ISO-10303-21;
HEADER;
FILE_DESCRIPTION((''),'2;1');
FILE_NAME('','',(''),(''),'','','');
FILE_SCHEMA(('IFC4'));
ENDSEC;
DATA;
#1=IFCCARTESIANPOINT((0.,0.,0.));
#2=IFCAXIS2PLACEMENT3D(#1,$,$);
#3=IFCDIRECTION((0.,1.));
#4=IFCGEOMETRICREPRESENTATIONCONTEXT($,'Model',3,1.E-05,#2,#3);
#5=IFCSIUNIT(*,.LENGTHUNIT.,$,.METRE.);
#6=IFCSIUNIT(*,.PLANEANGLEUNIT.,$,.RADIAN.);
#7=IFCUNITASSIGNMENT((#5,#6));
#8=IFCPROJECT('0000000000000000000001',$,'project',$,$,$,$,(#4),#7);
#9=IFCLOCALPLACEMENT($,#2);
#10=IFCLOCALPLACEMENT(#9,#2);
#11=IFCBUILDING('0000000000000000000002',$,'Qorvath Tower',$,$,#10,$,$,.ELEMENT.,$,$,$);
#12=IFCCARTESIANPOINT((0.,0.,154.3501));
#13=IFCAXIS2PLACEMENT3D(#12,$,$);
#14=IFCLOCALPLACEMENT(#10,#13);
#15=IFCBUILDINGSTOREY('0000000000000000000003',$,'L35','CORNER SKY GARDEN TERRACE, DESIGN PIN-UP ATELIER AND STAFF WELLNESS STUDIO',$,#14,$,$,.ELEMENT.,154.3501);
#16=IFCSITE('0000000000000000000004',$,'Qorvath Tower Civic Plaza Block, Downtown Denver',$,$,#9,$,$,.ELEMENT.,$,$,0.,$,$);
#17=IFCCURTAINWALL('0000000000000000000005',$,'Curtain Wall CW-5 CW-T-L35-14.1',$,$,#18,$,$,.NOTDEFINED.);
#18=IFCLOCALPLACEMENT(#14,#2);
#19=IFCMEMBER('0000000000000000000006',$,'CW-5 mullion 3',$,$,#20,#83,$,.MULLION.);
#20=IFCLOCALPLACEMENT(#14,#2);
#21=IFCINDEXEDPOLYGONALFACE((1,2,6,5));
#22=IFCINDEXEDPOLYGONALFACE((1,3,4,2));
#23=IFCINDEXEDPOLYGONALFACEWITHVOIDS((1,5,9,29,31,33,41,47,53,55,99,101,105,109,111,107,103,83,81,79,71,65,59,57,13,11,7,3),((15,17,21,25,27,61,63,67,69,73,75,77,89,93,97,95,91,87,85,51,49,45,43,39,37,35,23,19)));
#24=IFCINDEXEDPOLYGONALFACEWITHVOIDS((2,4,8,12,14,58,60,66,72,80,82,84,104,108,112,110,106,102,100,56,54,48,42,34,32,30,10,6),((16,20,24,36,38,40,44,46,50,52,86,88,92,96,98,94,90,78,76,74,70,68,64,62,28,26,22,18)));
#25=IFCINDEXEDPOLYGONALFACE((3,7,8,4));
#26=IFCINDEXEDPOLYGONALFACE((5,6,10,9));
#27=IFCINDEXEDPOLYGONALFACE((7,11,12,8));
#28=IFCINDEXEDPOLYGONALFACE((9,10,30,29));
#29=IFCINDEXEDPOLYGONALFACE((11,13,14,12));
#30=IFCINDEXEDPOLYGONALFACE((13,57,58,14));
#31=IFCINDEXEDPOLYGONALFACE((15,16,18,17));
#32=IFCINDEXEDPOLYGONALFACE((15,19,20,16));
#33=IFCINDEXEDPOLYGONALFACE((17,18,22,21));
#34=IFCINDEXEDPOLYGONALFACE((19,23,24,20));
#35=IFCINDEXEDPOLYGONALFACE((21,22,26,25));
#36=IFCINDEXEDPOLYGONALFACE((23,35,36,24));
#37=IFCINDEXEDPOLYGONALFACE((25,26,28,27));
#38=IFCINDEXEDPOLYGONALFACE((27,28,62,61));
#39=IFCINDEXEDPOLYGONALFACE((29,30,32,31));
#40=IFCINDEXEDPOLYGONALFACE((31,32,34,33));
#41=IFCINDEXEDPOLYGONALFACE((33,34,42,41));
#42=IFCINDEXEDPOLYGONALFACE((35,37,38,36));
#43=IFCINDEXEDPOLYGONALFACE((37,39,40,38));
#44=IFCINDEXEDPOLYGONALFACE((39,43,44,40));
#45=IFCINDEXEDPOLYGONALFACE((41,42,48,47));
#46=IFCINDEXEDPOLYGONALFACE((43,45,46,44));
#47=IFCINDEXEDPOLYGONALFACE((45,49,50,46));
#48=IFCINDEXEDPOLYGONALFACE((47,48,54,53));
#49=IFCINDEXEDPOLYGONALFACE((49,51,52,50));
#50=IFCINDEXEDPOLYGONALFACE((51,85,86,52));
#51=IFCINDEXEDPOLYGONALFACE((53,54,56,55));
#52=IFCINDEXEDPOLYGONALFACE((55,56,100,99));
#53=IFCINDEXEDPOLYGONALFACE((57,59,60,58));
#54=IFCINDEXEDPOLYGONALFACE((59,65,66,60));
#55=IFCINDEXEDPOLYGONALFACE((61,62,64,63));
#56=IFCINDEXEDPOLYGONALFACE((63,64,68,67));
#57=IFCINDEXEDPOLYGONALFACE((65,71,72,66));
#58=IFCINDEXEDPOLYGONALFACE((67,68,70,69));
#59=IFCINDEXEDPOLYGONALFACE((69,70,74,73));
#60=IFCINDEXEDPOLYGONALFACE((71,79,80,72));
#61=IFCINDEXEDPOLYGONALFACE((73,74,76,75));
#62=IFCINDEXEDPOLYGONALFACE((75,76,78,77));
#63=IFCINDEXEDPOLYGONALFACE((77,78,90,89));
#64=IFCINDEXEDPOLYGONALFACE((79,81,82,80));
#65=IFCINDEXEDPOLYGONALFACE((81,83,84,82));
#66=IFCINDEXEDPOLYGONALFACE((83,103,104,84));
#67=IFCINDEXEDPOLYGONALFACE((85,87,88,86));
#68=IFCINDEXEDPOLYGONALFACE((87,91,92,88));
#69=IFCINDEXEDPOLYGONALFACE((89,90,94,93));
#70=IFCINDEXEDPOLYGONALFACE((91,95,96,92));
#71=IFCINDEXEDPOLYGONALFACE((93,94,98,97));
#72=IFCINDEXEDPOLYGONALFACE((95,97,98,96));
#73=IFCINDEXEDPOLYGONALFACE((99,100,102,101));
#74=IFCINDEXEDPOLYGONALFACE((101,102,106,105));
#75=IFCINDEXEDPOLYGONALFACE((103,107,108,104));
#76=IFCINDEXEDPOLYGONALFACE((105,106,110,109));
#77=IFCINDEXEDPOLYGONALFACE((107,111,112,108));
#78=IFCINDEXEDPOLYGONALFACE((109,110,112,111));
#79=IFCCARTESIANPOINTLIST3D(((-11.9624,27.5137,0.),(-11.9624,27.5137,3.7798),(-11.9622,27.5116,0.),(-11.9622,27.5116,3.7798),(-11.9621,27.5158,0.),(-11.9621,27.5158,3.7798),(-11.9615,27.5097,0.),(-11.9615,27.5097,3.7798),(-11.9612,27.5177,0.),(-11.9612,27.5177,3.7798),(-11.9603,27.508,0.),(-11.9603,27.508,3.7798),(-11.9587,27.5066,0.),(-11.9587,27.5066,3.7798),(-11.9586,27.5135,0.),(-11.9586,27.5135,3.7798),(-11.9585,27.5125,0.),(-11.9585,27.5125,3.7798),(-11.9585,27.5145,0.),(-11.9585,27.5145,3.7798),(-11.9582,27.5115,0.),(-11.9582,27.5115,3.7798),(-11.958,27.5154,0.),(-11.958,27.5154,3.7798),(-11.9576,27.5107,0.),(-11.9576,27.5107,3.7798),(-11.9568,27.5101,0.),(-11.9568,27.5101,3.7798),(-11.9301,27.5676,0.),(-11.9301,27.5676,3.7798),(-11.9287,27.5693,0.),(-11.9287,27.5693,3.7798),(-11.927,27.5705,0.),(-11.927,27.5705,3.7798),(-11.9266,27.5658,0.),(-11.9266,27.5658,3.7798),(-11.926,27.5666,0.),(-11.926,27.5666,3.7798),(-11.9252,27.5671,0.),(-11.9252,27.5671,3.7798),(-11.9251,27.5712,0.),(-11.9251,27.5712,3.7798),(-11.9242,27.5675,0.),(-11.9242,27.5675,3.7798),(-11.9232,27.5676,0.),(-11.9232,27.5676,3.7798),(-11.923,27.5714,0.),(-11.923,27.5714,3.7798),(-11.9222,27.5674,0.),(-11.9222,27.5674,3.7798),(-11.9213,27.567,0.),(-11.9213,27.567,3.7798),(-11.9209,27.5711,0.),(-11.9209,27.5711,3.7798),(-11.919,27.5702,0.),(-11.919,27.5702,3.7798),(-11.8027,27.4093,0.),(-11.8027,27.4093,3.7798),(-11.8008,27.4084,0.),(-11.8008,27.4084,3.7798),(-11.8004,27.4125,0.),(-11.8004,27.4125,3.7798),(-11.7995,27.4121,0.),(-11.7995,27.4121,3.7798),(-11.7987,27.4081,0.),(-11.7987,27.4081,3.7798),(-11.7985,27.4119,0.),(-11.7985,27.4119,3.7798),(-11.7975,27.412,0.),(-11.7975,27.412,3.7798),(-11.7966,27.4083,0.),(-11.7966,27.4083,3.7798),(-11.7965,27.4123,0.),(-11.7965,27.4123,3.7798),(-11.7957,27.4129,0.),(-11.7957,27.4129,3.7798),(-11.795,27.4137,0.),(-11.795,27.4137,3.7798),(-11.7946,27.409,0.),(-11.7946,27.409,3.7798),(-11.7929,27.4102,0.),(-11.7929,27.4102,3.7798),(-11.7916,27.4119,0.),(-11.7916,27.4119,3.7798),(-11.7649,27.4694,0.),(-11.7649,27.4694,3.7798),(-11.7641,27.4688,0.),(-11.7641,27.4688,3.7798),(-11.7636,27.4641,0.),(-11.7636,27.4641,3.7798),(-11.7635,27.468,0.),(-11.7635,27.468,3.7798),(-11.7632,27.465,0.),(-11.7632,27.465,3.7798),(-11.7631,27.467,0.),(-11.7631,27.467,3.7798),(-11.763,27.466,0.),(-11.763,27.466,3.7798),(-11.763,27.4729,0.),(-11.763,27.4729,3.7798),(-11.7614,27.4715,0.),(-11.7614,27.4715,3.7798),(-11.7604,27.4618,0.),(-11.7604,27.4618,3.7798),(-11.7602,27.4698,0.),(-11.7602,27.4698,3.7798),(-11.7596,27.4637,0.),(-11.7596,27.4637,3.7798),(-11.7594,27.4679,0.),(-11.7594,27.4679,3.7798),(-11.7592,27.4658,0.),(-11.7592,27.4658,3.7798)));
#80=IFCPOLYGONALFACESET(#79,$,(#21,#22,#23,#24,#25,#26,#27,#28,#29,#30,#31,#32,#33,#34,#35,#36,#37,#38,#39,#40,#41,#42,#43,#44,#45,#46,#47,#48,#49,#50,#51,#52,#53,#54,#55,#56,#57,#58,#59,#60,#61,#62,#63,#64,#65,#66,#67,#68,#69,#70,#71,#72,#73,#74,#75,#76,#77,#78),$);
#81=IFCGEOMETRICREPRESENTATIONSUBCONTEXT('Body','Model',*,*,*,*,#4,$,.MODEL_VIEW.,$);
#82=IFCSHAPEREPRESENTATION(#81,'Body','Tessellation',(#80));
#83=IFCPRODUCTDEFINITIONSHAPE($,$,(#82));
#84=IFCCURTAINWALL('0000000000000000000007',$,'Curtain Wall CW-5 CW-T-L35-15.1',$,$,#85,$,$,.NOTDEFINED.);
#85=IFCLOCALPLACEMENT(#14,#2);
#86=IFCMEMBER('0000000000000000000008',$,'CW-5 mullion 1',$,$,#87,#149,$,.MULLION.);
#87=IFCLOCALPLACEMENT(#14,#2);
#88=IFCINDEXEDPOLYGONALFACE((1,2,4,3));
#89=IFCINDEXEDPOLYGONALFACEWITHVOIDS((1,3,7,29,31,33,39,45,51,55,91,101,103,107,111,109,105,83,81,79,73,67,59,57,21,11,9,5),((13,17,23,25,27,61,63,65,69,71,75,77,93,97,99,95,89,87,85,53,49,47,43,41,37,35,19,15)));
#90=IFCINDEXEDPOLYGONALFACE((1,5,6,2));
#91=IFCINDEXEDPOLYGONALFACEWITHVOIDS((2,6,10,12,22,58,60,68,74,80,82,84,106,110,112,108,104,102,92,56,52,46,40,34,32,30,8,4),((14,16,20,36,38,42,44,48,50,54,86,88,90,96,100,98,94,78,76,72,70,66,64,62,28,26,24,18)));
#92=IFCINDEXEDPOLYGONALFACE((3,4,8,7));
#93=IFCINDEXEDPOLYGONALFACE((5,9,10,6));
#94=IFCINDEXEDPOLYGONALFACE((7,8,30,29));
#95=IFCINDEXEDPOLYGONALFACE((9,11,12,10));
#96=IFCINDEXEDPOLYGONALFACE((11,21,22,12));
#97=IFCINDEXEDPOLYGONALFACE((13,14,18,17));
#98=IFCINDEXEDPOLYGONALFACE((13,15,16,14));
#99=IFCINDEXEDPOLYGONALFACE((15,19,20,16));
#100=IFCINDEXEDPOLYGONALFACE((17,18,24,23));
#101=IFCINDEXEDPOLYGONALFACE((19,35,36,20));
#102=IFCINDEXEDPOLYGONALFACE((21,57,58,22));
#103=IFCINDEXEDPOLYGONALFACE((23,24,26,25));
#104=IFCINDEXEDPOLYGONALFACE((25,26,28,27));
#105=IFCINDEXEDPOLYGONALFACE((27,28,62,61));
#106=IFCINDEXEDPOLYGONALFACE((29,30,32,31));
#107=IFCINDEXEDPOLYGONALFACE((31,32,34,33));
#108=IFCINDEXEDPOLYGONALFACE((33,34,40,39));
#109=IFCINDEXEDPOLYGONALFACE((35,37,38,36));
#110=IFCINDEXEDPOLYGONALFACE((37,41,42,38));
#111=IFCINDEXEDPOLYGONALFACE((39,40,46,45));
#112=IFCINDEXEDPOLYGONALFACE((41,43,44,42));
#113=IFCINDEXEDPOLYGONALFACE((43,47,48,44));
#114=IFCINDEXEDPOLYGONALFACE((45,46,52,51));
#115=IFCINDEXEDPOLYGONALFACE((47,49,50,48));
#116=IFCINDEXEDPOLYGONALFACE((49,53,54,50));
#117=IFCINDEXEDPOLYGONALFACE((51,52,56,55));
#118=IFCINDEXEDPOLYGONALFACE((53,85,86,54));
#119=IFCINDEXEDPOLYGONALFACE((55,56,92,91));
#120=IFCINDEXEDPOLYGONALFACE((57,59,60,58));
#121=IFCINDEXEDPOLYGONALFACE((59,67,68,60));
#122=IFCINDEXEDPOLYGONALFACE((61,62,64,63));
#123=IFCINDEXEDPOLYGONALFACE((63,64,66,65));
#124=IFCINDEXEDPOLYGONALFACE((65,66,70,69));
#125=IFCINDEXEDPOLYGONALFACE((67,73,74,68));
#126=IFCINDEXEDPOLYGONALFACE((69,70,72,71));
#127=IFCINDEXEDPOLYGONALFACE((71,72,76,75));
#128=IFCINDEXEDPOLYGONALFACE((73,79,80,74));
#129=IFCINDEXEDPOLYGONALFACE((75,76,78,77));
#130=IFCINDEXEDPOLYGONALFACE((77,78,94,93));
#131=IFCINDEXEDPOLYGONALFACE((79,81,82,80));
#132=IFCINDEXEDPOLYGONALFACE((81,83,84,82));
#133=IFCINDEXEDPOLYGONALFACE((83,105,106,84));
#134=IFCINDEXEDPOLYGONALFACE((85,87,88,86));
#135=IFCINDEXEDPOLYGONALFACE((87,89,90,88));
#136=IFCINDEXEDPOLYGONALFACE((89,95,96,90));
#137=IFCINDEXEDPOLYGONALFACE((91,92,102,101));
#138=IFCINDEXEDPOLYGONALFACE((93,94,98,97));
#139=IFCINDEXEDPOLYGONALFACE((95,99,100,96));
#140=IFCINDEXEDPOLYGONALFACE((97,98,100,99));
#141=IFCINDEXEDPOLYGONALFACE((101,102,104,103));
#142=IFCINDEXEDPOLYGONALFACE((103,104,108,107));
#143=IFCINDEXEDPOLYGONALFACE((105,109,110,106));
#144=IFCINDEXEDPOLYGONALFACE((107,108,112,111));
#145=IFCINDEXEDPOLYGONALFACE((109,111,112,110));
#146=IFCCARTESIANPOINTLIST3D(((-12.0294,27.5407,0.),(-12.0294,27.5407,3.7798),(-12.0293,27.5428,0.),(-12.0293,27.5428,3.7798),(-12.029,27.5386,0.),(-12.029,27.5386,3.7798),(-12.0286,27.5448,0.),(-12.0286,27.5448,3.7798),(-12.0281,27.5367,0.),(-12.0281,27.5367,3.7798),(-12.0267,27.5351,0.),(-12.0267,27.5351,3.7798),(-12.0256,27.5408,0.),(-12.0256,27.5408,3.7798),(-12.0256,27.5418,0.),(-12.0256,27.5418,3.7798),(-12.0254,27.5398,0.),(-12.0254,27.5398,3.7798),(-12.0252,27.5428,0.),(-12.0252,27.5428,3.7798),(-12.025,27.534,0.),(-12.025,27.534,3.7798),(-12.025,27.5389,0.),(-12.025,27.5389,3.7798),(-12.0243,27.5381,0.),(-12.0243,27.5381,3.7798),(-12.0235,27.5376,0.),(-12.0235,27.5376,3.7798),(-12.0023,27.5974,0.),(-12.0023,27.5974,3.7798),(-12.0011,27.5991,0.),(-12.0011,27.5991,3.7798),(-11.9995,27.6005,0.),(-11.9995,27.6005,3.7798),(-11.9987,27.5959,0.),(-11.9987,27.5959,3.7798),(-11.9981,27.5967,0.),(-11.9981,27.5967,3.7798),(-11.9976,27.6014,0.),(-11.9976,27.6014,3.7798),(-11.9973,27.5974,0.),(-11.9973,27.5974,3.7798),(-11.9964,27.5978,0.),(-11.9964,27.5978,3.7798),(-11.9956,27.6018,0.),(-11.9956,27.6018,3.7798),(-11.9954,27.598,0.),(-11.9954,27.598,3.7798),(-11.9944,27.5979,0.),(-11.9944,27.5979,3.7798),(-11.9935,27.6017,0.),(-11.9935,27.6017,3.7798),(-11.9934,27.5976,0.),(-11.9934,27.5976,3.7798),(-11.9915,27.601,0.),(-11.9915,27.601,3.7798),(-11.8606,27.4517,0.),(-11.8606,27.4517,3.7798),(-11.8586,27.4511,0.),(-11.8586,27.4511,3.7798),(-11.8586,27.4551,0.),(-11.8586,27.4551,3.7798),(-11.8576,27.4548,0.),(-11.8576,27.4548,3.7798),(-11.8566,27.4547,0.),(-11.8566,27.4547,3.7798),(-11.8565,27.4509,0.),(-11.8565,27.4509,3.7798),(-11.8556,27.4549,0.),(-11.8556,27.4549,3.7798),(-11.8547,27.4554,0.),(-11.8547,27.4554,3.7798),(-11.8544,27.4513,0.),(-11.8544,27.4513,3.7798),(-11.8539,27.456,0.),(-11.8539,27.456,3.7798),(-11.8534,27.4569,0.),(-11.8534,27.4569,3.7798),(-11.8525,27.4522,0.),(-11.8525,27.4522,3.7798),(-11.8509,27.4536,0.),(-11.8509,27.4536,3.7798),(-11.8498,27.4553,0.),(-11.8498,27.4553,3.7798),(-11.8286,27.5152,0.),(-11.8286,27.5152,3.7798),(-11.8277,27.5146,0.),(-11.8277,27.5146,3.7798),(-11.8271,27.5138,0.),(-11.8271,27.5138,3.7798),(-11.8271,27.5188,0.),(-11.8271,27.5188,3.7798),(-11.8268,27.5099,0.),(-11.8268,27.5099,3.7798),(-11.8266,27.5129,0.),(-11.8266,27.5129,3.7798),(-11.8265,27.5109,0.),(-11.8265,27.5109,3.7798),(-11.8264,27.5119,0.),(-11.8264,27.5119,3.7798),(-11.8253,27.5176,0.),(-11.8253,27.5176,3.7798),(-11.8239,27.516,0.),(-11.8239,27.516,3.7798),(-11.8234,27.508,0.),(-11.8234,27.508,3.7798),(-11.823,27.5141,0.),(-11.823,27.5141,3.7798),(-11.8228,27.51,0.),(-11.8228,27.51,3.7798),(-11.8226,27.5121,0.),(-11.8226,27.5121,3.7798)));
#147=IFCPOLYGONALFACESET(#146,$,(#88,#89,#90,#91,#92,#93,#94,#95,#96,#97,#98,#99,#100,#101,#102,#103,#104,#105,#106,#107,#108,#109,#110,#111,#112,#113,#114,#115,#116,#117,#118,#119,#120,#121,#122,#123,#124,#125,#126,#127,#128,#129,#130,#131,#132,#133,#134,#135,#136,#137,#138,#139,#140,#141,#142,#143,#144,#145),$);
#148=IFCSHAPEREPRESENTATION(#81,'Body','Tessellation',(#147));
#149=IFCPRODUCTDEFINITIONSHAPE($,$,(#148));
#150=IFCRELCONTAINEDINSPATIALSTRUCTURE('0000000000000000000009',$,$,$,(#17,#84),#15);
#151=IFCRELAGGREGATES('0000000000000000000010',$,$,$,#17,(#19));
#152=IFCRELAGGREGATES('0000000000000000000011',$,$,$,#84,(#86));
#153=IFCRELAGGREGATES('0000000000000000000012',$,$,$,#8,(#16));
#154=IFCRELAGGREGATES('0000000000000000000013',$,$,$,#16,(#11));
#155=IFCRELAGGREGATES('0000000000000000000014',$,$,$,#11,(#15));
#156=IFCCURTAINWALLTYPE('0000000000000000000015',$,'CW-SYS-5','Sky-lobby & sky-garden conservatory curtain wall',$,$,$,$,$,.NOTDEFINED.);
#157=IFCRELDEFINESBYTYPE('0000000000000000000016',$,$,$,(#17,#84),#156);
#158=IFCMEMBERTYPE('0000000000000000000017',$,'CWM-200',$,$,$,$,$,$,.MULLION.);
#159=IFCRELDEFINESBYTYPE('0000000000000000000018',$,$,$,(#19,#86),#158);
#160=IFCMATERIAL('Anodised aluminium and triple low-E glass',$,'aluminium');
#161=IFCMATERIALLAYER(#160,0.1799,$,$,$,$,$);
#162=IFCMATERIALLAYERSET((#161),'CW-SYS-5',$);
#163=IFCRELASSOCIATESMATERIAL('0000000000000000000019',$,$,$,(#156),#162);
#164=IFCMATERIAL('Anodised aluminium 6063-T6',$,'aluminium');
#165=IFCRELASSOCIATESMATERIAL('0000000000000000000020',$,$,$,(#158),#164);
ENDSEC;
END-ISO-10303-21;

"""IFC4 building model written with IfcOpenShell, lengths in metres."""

from ifc_helpers import new_model, si_unit, direction, frame, origin, origin_2d, place, context, subcontext, project, spatial, hollow_rectangle, extrude, material, layer, layer_set, material_profile, profile_set, type_object, element, aggregate, save


model = new_model("IFC4")

# Units and contexts
model_context = context("Model", 3, precision=1e-05, world=origin(), true_north=direction((0.0, 1.0)))
body_context = subcontext(model_context, "Body", "Model", "MODEL_VIEW")
ifc_project = project(units=[si_unit("LENGTHUNIT", "METRE"), si_unit("PLANEANGLEUNIT", "RADIAN")], contexts=[model_context])

# Site, building, storey
site_placement = place(None, origin())
site = spatial("IfcSite", under=ifc_project, at=site_placement, Name="Qorvath Tower Civic Plaza Block, Downtown Denver", CompositionType="ELEMENT", RefElevation=0.0)
building_placement = place(site_placement, origin())
building = spatial("IfcBuilding", under=site, at=building_placement, Name="Qorvath Tower", CompositionType="ELEMENT")
storey_placement = place(building_placement, frame((0.0, 0.0, 154.3501)))
storey = spatial("IfcBuildingStorey", under=building, at=storey_placement, Name="L35", Description="CORNER SKY GARDEN TERRACE, DESIGN PIN-UP ATELIER AND STAFF WELLNESS STUDIO", CompositionType="ELEMENT", Elevation=154.3501)

# Shared definitions
ifc_material_1 = material(Name="Anodised aluminium and triple low-E glass", Category="aluminium")
ifc_layer_1 = layer(ifc_material_1, 0.1799)
ifc_layer_set_1 = layer_set([ifc_layer_1], Name="CW-SYS-5")
curtain_wall_type = type_object("IfcCurtainWallType", Name="CW-SYS-5", Description="Sky-lobby & sky-garden conservatory curtain wall", PredefinedType="NOTDEFINED", material=ifc_layer_set_1)
ifc_material_2 = material(Name="Anodised aluminium 6063-T6", Category="aluminium")
ifc_material_profile_1 = material_profile(ifc_material_2, hollow_rectangle(XDim=0.075, YDim=0.2, WallThickness=0.0039, InnerFilletRadius=0.0039, OuterFilletRadius=0.0081, at=origin_2d()), Name="CWM 200x75")
ifc_profile_set_1 = profile_set([ifc_material_profile_1], Name="Anodised aluminium 6063-T6")
member_type_1 = type_object("IfcMemberType", Name="CWM-200", PredefinedType="MULLION", material=ifc_profile_set_1)

# Curtain walls, members
curtain_wall_1_placement = place(storey_placement, origin())
curtain_wall_1 = element("IfcCurtainWall", 1, at=curtain_wall_1_placement, inside=storey, type_object=curtain_wall_type, Name="Curtain Wall CW-5 CW-T-L35-14.1", PredefinedType="NOTDEFINED")
member_1_placement = place(storey_placement, frame((-11.8608, 27.4897, 0.0), z_axis=(0.0, 0.0, 1.0), x_axis=(-0.529393, -0.848377, 0.0)))
member_1 = element("IfcMember", 2, at=member_1_placement, type_object=member_type_1, Name="CW-5 mullion 3", PredefinedType="MULLION", context=body_context, shape_type="SweptSolid", body=[
    extrude(hollow_rectangle(XDim=0.075, YDim=0.2, WallThickness=0.0039, InnerFilletRadius=0.0039, OuterFilletRadius=0.0081, at=origin_2d()), origin(), (0.0, 0.0, 1.0), 3.7798),
])
curtain_wall_2_placement = place(storey_placement, origin())
curtain_wall_2 = element("IfcCurtainWall", 3, at=curtain_wall_2_placement, inside=storey, type_object=curtain_wall_type, Name="Curtain Wall CW-5 CW-T-L35-15.1", PredefinedType="NOTDEFINED")
member_2_placement = place(storey_placement, frame((-11.926, 27.5264, 0.0), z_axis=(0.0, 0.0, 1.0), x_axis=(-0.447231, -0.894419, 0.0)))
member_2 = element("IfcMember", 4, at=member_2_placement, type_object=member_type_1, Name="CW-5 mullion 1", PredefinedType="MULLION", context=body_context, shape_type="SweptSolid", body=[
    extrude(hollow_rectangle(XDim=0.075, YDim=0.2, WallThickness=0.0039, InnerFilletRadius=0.0039, OuterFilletRadius=0.0081, at=origin_2d()), origin(), (0.0, 0.0, 1.0), 3.7798),
])

aggregate(curtain_wall_1, [member_1])
aggregate(curtain_wall_2, [member_2])

save(model, "model.ifc")
